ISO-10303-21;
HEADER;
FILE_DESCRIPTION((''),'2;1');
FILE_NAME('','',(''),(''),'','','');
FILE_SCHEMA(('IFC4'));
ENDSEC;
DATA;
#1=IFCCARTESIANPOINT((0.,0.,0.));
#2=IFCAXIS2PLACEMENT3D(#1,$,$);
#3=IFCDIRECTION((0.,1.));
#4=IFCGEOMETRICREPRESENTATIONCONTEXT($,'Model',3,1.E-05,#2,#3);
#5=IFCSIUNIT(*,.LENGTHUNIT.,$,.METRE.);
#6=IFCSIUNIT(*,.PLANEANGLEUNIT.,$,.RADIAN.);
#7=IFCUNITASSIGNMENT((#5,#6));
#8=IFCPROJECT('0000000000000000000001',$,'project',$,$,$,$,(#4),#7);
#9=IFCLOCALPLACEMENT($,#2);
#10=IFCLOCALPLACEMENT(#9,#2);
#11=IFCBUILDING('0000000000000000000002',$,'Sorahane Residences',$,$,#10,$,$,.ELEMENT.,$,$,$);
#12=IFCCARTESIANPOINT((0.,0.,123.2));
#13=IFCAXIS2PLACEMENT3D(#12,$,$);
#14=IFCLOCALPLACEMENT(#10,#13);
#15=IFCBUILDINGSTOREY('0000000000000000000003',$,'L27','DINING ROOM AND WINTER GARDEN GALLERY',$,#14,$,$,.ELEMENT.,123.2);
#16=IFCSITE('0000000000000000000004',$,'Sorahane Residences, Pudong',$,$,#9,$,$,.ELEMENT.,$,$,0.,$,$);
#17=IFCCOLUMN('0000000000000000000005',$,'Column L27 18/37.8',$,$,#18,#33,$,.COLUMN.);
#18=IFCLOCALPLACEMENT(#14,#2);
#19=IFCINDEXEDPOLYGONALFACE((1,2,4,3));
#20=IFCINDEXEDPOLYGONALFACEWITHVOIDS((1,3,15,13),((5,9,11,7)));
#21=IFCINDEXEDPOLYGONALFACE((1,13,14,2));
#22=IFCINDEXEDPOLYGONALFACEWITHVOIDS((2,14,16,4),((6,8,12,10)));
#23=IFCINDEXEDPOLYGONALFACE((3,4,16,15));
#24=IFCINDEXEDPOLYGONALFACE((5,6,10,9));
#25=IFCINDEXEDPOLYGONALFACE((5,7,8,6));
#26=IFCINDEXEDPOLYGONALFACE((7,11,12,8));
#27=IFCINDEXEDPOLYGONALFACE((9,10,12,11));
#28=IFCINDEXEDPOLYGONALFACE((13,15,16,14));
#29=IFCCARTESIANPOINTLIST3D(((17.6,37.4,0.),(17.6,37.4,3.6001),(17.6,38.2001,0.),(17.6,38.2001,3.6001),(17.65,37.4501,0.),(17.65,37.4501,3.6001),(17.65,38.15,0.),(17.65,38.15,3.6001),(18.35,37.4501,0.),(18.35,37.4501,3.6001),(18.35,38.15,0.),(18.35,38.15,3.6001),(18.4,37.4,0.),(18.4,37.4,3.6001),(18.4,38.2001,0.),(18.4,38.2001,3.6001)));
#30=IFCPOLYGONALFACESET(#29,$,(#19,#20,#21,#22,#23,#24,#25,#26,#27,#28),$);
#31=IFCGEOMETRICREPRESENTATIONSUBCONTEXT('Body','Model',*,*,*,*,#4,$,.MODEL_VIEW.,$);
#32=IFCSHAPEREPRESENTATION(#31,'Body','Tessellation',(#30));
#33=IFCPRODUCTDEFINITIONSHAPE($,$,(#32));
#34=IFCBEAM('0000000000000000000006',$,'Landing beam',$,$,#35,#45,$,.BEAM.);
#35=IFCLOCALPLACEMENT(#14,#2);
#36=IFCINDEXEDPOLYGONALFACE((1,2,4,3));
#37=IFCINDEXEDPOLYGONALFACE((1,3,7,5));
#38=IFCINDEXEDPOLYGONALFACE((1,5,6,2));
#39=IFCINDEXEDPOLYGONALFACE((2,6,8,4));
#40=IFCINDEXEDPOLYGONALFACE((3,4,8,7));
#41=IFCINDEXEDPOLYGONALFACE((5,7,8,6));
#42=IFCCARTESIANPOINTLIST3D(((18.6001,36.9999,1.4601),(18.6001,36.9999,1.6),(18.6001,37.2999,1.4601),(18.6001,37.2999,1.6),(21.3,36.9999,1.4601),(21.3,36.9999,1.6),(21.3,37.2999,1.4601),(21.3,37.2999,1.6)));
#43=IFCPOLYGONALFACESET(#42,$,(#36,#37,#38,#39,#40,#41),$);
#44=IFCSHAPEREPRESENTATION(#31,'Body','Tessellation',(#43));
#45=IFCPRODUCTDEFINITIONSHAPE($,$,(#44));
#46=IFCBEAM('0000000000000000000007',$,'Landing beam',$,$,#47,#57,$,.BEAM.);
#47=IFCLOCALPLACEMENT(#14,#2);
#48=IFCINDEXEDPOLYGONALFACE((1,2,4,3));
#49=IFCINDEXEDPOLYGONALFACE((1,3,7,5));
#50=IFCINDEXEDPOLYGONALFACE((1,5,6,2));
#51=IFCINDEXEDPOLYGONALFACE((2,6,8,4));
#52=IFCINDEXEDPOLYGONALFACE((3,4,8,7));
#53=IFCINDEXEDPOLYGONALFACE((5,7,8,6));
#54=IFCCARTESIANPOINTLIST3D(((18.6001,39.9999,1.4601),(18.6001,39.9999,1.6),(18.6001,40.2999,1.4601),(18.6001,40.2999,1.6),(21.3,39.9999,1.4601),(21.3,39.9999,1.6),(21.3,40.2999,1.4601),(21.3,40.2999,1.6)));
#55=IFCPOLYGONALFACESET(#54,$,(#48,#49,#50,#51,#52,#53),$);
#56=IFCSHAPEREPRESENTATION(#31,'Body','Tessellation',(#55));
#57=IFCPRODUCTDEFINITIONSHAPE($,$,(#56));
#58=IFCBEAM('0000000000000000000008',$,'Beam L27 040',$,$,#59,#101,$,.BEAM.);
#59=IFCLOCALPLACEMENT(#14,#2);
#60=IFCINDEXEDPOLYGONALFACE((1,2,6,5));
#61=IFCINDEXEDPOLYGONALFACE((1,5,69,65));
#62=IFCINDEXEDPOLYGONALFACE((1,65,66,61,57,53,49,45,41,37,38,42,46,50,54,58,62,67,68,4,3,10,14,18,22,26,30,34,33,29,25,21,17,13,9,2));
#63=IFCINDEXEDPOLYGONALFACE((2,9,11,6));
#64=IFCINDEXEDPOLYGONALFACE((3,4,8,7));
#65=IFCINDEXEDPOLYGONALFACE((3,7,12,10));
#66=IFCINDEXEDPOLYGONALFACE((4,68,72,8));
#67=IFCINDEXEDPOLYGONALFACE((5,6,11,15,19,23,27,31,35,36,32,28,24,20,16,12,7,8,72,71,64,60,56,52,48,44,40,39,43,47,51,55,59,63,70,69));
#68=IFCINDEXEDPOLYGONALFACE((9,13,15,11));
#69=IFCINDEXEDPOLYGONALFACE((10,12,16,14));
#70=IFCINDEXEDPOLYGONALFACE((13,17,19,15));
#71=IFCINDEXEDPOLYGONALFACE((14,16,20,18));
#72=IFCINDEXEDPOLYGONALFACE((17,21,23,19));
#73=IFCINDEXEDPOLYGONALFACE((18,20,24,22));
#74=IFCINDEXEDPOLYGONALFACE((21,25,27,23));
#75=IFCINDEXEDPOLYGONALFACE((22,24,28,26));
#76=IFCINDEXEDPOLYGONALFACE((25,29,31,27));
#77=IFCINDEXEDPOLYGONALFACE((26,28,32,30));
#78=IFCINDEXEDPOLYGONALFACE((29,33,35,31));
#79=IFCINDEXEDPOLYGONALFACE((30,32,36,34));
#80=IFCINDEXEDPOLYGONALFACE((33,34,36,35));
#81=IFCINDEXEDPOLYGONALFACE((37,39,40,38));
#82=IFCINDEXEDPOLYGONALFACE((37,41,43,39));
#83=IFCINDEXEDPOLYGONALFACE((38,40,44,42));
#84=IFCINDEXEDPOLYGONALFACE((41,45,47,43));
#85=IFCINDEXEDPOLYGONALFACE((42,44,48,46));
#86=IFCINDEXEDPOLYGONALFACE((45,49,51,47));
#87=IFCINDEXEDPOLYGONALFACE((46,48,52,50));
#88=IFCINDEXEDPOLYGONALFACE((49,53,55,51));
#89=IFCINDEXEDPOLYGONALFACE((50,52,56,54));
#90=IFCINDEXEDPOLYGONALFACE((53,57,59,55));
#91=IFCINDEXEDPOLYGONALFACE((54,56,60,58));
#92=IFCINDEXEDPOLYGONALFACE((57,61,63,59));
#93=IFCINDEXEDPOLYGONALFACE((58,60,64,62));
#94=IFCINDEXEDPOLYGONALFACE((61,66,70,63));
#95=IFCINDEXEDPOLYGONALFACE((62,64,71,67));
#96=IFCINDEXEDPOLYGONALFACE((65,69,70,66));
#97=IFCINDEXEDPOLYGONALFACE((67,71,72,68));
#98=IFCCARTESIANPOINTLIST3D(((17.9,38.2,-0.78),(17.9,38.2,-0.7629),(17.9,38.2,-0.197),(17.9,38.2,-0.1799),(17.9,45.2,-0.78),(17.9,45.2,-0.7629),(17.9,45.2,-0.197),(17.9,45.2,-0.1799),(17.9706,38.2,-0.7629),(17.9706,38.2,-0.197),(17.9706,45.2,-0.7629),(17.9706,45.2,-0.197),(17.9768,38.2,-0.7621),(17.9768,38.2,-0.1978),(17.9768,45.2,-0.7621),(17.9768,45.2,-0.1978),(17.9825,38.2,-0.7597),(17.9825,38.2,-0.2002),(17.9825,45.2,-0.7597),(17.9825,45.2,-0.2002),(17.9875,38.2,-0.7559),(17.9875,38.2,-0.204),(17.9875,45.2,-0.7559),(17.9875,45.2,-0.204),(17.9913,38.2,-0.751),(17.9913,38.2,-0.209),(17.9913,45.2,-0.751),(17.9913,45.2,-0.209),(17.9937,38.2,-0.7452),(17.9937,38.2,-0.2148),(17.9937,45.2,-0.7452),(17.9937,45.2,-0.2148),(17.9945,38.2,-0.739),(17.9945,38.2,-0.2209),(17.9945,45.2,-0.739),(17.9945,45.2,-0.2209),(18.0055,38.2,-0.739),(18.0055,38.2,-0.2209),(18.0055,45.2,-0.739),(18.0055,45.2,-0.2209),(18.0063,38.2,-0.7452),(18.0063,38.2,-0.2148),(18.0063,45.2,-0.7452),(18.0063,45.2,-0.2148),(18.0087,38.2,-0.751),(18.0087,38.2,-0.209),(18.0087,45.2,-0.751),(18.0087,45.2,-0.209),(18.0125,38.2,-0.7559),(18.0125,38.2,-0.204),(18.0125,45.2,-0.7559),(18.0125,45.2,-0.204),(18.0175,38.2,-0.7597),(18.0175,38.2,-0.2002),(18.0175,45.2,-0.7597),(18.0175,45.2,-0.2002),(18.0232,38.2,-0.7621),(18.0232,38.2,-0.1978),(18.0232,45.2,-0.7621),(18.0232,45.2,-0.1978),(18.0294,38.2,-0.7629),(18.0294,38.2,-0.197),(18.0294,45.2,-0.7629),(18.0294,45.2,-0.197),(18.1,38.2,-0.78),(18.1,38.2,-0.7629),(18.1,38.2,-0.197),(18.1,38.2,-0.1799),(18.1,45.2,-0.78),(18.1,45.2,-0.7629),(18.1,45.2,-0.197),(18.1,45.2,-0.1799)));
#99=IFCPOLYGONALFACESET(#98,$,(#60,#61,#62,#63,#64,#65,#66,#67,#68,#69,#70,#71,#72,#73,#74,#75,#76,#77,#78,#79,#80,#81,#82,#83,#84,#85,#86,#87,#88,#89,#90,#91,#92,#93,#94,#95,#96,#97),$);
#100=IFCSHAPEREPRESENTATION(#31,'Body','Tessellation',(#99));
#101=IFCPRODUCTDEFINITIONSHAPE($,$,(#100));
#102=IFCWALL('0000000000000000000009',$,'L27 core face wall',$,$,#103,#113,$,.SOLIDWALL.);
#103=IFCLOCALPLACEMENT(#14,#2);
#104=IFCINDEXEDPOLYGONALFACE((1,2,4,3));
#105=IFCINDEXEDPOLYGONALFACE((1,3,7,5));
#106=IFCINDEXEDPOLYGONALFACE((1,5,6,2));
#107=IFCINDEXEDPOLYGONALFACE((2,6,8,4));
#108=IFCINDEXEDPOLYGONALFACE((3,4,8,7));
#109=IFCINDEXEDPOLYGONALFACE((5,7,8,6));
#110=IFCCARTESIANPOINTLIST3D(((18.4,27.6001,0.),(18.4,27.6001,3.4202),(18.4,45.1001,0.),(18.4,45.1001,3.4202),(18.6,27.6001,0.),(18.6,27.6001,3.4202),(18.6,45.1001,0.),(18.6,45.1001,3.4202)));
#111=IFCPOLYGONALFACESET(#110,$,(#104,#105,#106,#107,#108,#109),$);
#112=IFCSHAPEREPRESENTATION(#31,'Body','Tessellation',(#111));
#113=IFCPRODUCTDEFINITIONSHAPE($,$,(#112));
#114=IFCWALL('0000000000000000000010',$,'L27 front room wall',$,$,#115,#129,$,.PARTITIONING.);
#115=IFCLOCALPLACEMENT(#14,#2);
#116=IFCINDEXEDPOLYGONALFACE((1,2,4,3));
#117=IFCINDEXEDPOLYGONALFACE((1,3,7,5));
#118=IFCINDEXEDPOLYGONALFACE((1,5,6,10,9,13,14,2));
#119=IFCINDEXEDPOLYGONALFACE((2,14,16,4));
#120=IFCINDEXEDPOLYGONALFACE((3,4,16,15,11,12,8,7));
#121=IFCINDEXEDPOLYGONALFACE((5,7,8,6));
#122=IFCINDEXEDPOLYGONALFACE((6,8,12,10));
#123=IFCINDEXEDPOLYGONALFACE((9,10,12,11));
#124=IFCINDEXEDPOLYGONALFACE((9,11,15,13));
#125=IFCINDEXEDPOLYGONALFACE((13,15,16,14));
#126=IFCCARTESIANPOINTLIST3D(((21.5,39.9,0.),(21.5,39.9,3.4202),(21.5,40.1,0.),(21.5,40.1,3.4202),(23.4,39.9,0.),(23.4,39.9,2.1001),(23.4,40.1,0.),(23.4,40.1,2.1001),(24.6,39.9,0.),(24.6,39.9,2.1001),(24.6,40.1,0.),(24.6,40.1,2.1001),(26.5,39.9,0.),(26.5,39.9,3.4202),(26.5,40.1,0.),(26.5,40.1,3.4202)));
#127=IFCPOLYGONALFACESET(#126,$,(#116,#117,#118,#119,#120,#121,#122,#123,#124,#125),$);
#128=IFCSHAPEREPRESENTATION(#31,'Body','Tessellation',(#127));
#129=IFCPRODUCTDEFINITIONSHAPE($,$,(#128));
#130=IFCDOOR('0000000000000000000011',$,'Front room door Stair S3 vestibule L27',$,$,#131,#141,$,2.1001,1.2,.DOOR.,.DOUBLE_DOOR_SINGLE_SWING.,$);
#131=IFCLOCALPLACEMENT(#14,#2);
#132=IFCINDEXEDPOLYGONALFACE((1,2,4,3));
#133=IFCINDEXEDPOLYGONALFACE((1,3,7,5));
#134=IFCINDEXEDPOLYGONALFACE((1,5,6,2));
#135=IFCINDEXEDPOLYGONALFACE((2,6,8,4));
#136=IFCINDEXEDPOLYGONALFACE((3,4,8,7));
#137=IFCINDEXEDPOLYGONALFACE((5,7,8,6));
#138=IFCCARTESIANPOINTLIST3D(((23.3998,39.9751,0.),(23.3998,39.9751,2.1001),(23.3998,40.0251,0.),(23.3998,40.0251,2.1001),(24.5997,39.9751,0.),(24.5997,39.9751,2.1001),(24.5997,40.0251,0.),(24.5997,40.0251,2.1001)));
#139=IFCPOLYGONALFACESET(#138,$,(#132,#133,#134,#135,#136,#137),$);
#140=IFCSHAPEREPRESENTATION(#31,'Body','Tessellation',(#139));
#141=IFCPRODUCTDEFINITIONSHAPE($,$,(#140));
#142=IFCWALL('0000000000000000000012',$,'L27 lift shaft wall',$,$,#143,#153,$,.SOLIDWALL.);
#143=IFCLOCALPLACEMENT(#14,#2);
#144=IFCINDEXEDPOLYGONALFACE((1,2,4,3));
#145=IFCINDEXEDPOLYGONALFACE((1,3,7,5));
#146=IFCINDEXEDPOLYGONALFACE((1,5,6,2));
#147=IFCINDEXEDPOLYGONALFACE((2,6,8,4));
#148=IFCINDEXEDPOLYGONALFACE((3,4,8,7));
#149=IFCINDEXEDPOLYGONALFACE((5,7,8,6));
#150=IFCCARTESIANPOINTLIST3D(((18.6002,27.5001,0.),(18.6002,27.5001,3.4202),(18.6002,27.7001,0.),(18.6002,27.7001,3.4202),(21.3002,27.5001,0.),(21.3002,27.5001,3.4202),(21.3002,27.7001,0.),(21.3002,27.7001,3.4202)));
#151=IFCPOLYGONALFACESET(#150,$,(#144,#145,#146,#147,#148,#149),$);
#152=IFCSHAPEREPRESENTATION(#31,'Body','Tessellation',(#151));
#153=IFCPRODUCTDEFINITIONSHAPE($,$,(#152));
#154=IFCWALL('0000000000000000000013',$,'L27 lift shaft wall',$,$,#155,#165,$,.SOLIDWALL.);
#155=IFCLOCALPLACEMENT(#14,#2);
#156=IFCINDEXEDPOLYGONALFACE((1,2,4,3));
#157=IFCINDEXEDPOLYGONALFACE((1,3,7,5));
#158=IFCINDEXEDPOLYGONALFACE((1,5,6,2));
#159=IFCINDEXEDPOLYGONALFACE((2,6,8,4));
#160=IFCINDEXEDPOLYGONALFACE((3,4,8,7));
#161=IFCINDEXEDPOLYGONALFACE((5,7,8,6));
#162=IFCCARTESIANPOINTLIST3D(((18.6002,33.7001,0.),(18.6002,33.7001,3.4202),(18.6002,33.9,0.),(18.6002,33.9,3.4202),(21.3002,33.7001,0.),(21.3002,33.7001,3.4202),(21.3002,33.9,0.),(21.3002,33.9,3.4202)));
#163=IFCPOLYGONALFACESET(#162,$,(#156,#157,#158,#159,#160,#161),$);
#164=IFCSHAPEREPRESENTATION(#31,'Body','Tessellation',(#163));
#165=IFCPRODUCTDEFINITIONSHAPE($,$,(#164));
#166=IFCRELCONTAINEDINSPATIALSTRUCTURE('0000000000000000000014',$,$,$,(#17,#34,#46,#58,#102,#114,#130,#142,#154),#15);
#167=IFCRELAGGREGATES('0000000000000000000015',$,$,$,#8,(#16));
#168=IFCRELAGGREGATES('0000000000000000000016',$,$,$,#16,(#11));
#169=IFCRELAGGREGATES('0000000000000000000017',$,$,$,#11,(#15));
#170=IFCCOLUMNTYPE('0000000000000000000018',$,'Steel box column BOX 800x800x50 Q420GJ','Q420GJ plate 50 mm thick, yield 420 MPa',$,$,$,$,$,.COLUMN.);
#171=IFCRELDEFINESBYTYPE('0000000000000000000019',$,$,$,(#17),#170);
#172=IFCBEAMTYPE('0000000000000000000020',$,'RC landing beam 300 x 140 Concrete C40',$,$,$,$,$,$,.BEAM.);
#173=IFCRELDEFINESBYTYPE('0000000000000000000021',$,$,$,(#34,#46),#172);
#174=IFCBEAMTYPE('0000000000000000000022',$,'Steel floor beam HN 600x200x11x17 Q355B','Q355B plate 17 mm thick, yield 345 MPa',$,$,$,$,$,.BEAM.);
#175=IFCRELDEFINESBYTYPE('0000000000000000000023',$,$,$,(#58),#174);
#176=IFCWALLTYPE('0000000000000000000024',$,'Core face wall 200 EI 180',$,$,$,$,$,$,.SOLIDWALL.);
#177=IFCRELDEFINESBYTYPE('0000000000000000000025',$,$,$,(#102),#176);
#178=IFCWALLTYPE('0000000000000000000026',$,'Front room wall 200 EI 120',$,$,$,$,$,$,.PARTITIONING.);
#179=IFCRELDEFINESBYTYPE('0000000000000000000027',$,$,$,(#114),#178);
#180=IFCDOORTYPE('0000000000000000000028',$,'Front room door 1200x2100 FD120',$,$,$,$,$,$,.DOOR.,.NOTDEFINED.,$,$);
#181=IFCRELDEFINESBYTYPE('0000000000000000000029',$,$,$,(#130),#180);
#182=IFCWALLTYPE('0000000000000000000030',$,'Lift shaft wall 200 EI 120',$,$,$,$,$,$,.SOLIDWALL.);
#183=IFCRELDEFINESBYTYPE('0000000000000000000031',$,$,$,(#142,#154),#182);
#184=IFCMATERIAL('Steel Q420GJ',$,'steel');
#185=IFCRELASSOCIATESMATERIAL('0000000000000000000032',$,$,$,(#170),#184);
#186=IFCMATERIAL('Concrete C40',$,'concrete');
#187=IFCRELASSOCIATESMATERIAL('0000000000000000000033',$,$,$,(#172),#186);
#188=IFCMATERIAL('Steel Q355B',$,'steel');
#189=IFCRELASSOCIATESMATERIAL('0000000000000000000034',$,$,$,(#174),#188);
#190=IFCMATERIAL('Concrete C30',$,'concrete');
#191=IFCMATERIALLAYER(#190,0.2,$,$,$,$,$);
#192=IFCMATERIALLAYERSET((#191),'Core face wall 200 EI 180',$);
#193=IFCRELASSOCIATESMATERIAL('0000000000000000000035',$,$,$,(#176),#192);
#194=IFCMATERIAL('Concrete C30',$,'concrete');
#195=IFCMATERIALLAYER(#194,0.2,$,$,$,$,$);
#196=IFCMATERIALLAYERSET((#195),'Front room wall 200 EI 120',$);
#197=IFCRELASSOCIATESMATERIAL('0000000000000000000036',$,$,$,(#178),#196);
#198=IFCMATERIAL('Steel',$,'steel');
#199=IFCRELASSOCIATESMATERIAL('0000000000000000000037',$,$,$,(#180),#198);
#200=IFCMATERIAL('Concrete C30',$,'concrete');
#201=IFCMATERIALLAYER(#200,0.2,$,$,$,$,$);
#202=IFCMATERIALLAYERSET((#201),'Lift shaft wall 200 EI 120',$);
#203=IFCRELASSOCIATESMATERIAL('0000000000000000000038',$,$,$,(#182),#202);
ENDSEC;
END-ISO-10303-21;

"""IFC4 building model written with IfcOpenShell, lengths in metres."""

from ifc_helpers import new_model, si_unit, direction, frame, frame_2d, origin, origin_2d, place, context, subcontext, project, spatial, rectangle, hollow_rectangle, i_section, extrude, material, layer, layer_set, material_profile, profile_set, type_object, element, fill, save


model = new_model("IFC4")

# Units and contexts
model_context = context("Model", 3, precision=1e-05, world=origin(), true_north=direction((0.0, 1.0)))
body_context = subcontext(model_context, "Body", "Model", "MODEL_VIEW")
ifc_project = project(units=[si_unit("LENGTHUNIT", "METRE"), si_unit("PLANEANGLEUNIT", "RADIAN")], contexts=[model_context])

# Site, building, storey
site_placement = place(None, origin())
site = spatial("IfcSite", under=ifc_project, at=site_placement, Name="Sorahane Residences, Pudong", CompositionType="ELEMENT", RefElevation=0.0)
building_placement = place(site_placement, origin())
building = spatial("IfcBuilding", under=site, at=building_placement, Name="Sorahane Residences", CompositionType="ELEMENT")
storey_placement = place(building_placement, frame((0.0, 0.0, 123.2)))
storey = spatial("IfcBuildingStorey", under=building, at=storey_placement, Name="L27", Description="DINING ROOM AND WINTER GARDEN GALLERY", CompositionType="ELEMENT", Elevation=123.2)

# Column
ifc_material_1 = material(Name="Steel Q420GJ", Category="steel")
ifc_material_profile_1 = material_profile(ifc_material_1, hollow_rectangle(XDim=0.8, YDim=0.8, WallThickness=0.05, at=origin_2d()), Name="BOX 800x800x50")
ifc_profile_set_1 = profile_set([ifc_material_profile_1], Name="Steel Q420GJ")
column_type = type_object("IfcColumnType", Name="Steel box column BOX 800x800x50 Q420GJ", Description="Q420GJ plate 50 mm thick, yield 420 MPa", PredefinedType="COLUMN", material=ifc_profile_set_1)
column_placement = place(storey_placement, frame((18.0, 37.8, 0.0), z_axis=(0.0, 0.0, 1.0), x_axis=(1.0, 0.0, 0.0)))
element("IfcColumn", 1, at=column_placement, inside=storey, type_object=column_type, Name="Column L27 18/37.8", PredefinedType="COLUMN", context=body_context, shape_type="SweptSolid", body=[
    extrude(hollow_rectangle(XDim=0.8, YDim=0.8, WallThickness=0.05, at=origin_2d()), origin(), (0.0, 0.0, 1.0), 3.6001),
])

# Beams
ifc_material_2 = material(Name="Concrete C40", Category="concrete")
ifc_material_profile_2 = material_profile(ifc_material_2, rectangle(XDim=0.3, YDim=0.1399, at=origin_2d()), Name="300x140")
ifc_profile_set_2 = profile_set([ifc_material_profile_2], Name="Concrete C40")
beam_type_1 = type_object("IfcBeamType", Name="RC landing beam 300 x 140 Concrete C40", PredefinedType="BEAM", material=ifc_profile_set_2)
for number, where, z_axis, x_axis, name in (
    (2, (18.6001, 37.1499, 1.53), (1.0, 0.0, 0.0), (0.0, 1.0, 0.0), "Landing beam"),
    (3, (18.6001, 40.1499, 1.53), (1.0, 0.0, 0.0), (0.0, 1.0, 0.0), "Landing beam"),
):
    element("IfcBeam", number, at=place(storey_placement, frame(where, z_axis=z_axis, x_axis=x_axis)), inside=storey, type_object=beam_type_1, Name=name, PredefinedType="BEAM", context=body_context, shape_type="SweptSolid", body=[
        extrude(rectangle(XDim=0.3, YDim=0.1399, at=origin_2d()), origin(), (0.0, 0.0, 1.0), 2.7),
    ])
ifc_material_3 = material(Name="Steel Q355B", Category="steel")
ifc_material_profile_3 = material_profile(ifc_material_3, i_section(OverallWidth=0.2, OverallDepth=0.6001, WebThickness=0.011, FlangeThickness=0.0171, FilletRadius=0.0239, at=origin_2d()), Name="HN 600x200x11x17")
ifc_profile_set_3 = profile_set([ifc_material_profile_3], Name="Steel Q355B")
beam_type_2 = type_object("IfcBeamType", Name="Steel floor beam HN 600x200x11x17 Q355B", Description="Q355B plate 17 mm thick, yield 345 MPa", PredefinedType="BEAM", material=ifc_profile_set_3)
beam_placement = place(storey_placement, frame((18.0, 38.2, -0.48), z_axis=(0.0, 1.0, 0.0), x_axis=(-1.0, 0.0, 0.0)))
element("IfcBeam", 4, at=beam_placement, inside=storey, type_object=beam_type_2, Name="Beam L27 040", PredefinedType="BEAM", context=body_context, shape_type="SweptSolid", body=[
    extrude(i_section(OverallWidth=0.2, OverallDepth=0.6001, WebThickness=0.011, FlangeThickness=0.0171, FilletRadius=0.0239, at=origin_2d()), origin(), (0.0, 0.0, 1.0), 7.0),
])

# Wall
ifc_material_4 = material(Name="Concrete C30", Category="concrete")
ifc_layer_1 = layer(ifc_material_4, 0.2)
ifc_layer_set_1 = layer_set([ifc_layer_1], Name="Core face wall 200 EI 180")
wall_type_1 = type_object("IfcWallType", Name="Core face wall 200 EI 180", PredefinedType="SOLIDWALL", material=ifc_layer_set_1)
wall_1_placement = place(storey_placement, frame((18.5, 27.6001, 0.0), z_axis=(0.0, 0.0, 1.0), x_axis=(0.0, 1.0, 0.0)))
element("IfcWall", 5, at=wall_1_placement, inside=storey, type_object=wall_type_1, Name="L27 core face wall", PredefinedType="SOLIDWALL", context=body_context, shape_type="SweptSolid", body=[
    extrude(rectangle(XDim=17.5, YDim=0.2, at=frame_2d((8.75, 0.0))), origin(), (0.0, 0.0, 1.0), 3.4202),
])

# Wall, opening, door
ifc_material_5 = material(Name="Concrete C30", Category="concrete")
ifc_layer_2 = layer(ifc_material_5, 0.2)
ifc_layer_set_2 = layer_set([ifc_layer_2], Name="Front room wall 200 EI 120")
wall_type_2 = type_object("IfcWallType", Name="Front room wall 200 EI 120", PredefinedType="PARTITIONING", material=ifc_layer_set_2)
wall_2_placement = place(storey_placement, frame((21.5, 40.0, 0.0), z_axis=(0.0, 0.0, 1.0), x_axis=(1.0, 0.0, 0.0)))
wall_2 = element("IfcWall", 6, at=wall_2_placement, inside=storey, type_object=wall_type_2, Name="L27 front room wall", PredefinedType="PARTITIONING", context=body_context, shape_type="SweptSolid", body=[
    extrude(rectangle(XDim=5.0, YDim=0.2, at=frame_2d((2.5, 0.0))), origin(), (0.0, 0.0, 1.0), 3.4202),
])
opening_1_placement = place(wall_2_placement, frame((1.8999, 0.0, 0.0)))
opening_1 = element("IfcOpeningElement", 7, at=opening_1_placement, cuts=wall_2, PredefinedType="OPENING", context=body_context, shape_type="SweptSolid", body=[
    extrude(rectangle(XDim=1.2, YDim=2.1001, at=frame_2d((0.6001, 1.05))), frame((0.0, 0.1099, 0.0), z_axis=(0.0, -1.0, 0.0), x_axis=(1.0, 0.0, 0.0)), (0.0, 0.0, 1.0), 0.22),
])
ifc_material_6 = material(Name="Steel", Category="steel")
door_type_1 = type_object("IfcDoorType", Name="Front room door 1200x2100 FD120", OperationType="NOTDEFINED", PredefinedType="DOOR", material=ifc_material_6)
door_1_placement = place(opening_1_placement, frame((1.2, 0.0, 0.0), z_axis=(0.0, 0.0, 1.0), x_axis=(-1.0, 0.0, 0.0)))
door_1 = element("IfcDoor", 8, at=door_1_placement, inside=storey, type_object=door_type_1, Name="Front room door Stair S3 vestibule L27", OperationType="DOUBLE_DOOR_SINGLE_SWING", OverallHeight=2.1001, OverallWidth=1.2, PredefinedType="DOOR", context=body_context, shape_type="SweptSolid", body=[
    extrude(rectangle(XDim=1.2, YDim=2.1001, at=frame_2d((0.6001, 1.05))), frame((0.0, 0.0249, 0.0), z_axis=(0.0, -1.0, 0.0), x_axis=(1.0, 0.0, 0.0)), (0.0, 0.0, 1.0), 0.05),
])
fill(opening_1, door_1)

# Walls
ifc_material_7 = material(Name="Concrete C30", Category="concrete")
ifc_layer_3 = layer(ifc_material_7, 0.2)
ifc_layer_set_3 = layer_set([ifc_layer_3], Name="Lift shaft wall 200 EI 120")
wall_type_3 = type_object("IfcWallType", Name="Lift shaft wall 200 EI 120", PredefinedType="SOLIDWALL", material=ifc_layer_set_3)
for number, where, z_axis, x_axis, name in (
    (9, (18.6001, 27.6001, 0.0), (0.0, 0.0, 1.0), (1.0, 0.0, 0.0), "L27 lift shaft wall"),
    (10, (18.6001, 33.8, 0.0), (0.0, 0.0, 1.0), (1.0, 0.0, 0.0), "L27 lift shaft wall"),
):
    element("IfcWall", number, at=place(storey_placement, frame(where, z_axis=z_axis, x_axis=x_axis)), inside=storey, type_object=wall_type_3, Name=name, PredefinedType="SOLIDWALL", context=body_context, shape_type="SweptSolid", body=[
        extrude(rectangle(XDim=2.7, YDim=0.2, at=frame_2d((1.3501, 0.0))), origin(), (0.0, 0.0, 1.0), 3.4202),
    ])

save(model, "model.ifc")
